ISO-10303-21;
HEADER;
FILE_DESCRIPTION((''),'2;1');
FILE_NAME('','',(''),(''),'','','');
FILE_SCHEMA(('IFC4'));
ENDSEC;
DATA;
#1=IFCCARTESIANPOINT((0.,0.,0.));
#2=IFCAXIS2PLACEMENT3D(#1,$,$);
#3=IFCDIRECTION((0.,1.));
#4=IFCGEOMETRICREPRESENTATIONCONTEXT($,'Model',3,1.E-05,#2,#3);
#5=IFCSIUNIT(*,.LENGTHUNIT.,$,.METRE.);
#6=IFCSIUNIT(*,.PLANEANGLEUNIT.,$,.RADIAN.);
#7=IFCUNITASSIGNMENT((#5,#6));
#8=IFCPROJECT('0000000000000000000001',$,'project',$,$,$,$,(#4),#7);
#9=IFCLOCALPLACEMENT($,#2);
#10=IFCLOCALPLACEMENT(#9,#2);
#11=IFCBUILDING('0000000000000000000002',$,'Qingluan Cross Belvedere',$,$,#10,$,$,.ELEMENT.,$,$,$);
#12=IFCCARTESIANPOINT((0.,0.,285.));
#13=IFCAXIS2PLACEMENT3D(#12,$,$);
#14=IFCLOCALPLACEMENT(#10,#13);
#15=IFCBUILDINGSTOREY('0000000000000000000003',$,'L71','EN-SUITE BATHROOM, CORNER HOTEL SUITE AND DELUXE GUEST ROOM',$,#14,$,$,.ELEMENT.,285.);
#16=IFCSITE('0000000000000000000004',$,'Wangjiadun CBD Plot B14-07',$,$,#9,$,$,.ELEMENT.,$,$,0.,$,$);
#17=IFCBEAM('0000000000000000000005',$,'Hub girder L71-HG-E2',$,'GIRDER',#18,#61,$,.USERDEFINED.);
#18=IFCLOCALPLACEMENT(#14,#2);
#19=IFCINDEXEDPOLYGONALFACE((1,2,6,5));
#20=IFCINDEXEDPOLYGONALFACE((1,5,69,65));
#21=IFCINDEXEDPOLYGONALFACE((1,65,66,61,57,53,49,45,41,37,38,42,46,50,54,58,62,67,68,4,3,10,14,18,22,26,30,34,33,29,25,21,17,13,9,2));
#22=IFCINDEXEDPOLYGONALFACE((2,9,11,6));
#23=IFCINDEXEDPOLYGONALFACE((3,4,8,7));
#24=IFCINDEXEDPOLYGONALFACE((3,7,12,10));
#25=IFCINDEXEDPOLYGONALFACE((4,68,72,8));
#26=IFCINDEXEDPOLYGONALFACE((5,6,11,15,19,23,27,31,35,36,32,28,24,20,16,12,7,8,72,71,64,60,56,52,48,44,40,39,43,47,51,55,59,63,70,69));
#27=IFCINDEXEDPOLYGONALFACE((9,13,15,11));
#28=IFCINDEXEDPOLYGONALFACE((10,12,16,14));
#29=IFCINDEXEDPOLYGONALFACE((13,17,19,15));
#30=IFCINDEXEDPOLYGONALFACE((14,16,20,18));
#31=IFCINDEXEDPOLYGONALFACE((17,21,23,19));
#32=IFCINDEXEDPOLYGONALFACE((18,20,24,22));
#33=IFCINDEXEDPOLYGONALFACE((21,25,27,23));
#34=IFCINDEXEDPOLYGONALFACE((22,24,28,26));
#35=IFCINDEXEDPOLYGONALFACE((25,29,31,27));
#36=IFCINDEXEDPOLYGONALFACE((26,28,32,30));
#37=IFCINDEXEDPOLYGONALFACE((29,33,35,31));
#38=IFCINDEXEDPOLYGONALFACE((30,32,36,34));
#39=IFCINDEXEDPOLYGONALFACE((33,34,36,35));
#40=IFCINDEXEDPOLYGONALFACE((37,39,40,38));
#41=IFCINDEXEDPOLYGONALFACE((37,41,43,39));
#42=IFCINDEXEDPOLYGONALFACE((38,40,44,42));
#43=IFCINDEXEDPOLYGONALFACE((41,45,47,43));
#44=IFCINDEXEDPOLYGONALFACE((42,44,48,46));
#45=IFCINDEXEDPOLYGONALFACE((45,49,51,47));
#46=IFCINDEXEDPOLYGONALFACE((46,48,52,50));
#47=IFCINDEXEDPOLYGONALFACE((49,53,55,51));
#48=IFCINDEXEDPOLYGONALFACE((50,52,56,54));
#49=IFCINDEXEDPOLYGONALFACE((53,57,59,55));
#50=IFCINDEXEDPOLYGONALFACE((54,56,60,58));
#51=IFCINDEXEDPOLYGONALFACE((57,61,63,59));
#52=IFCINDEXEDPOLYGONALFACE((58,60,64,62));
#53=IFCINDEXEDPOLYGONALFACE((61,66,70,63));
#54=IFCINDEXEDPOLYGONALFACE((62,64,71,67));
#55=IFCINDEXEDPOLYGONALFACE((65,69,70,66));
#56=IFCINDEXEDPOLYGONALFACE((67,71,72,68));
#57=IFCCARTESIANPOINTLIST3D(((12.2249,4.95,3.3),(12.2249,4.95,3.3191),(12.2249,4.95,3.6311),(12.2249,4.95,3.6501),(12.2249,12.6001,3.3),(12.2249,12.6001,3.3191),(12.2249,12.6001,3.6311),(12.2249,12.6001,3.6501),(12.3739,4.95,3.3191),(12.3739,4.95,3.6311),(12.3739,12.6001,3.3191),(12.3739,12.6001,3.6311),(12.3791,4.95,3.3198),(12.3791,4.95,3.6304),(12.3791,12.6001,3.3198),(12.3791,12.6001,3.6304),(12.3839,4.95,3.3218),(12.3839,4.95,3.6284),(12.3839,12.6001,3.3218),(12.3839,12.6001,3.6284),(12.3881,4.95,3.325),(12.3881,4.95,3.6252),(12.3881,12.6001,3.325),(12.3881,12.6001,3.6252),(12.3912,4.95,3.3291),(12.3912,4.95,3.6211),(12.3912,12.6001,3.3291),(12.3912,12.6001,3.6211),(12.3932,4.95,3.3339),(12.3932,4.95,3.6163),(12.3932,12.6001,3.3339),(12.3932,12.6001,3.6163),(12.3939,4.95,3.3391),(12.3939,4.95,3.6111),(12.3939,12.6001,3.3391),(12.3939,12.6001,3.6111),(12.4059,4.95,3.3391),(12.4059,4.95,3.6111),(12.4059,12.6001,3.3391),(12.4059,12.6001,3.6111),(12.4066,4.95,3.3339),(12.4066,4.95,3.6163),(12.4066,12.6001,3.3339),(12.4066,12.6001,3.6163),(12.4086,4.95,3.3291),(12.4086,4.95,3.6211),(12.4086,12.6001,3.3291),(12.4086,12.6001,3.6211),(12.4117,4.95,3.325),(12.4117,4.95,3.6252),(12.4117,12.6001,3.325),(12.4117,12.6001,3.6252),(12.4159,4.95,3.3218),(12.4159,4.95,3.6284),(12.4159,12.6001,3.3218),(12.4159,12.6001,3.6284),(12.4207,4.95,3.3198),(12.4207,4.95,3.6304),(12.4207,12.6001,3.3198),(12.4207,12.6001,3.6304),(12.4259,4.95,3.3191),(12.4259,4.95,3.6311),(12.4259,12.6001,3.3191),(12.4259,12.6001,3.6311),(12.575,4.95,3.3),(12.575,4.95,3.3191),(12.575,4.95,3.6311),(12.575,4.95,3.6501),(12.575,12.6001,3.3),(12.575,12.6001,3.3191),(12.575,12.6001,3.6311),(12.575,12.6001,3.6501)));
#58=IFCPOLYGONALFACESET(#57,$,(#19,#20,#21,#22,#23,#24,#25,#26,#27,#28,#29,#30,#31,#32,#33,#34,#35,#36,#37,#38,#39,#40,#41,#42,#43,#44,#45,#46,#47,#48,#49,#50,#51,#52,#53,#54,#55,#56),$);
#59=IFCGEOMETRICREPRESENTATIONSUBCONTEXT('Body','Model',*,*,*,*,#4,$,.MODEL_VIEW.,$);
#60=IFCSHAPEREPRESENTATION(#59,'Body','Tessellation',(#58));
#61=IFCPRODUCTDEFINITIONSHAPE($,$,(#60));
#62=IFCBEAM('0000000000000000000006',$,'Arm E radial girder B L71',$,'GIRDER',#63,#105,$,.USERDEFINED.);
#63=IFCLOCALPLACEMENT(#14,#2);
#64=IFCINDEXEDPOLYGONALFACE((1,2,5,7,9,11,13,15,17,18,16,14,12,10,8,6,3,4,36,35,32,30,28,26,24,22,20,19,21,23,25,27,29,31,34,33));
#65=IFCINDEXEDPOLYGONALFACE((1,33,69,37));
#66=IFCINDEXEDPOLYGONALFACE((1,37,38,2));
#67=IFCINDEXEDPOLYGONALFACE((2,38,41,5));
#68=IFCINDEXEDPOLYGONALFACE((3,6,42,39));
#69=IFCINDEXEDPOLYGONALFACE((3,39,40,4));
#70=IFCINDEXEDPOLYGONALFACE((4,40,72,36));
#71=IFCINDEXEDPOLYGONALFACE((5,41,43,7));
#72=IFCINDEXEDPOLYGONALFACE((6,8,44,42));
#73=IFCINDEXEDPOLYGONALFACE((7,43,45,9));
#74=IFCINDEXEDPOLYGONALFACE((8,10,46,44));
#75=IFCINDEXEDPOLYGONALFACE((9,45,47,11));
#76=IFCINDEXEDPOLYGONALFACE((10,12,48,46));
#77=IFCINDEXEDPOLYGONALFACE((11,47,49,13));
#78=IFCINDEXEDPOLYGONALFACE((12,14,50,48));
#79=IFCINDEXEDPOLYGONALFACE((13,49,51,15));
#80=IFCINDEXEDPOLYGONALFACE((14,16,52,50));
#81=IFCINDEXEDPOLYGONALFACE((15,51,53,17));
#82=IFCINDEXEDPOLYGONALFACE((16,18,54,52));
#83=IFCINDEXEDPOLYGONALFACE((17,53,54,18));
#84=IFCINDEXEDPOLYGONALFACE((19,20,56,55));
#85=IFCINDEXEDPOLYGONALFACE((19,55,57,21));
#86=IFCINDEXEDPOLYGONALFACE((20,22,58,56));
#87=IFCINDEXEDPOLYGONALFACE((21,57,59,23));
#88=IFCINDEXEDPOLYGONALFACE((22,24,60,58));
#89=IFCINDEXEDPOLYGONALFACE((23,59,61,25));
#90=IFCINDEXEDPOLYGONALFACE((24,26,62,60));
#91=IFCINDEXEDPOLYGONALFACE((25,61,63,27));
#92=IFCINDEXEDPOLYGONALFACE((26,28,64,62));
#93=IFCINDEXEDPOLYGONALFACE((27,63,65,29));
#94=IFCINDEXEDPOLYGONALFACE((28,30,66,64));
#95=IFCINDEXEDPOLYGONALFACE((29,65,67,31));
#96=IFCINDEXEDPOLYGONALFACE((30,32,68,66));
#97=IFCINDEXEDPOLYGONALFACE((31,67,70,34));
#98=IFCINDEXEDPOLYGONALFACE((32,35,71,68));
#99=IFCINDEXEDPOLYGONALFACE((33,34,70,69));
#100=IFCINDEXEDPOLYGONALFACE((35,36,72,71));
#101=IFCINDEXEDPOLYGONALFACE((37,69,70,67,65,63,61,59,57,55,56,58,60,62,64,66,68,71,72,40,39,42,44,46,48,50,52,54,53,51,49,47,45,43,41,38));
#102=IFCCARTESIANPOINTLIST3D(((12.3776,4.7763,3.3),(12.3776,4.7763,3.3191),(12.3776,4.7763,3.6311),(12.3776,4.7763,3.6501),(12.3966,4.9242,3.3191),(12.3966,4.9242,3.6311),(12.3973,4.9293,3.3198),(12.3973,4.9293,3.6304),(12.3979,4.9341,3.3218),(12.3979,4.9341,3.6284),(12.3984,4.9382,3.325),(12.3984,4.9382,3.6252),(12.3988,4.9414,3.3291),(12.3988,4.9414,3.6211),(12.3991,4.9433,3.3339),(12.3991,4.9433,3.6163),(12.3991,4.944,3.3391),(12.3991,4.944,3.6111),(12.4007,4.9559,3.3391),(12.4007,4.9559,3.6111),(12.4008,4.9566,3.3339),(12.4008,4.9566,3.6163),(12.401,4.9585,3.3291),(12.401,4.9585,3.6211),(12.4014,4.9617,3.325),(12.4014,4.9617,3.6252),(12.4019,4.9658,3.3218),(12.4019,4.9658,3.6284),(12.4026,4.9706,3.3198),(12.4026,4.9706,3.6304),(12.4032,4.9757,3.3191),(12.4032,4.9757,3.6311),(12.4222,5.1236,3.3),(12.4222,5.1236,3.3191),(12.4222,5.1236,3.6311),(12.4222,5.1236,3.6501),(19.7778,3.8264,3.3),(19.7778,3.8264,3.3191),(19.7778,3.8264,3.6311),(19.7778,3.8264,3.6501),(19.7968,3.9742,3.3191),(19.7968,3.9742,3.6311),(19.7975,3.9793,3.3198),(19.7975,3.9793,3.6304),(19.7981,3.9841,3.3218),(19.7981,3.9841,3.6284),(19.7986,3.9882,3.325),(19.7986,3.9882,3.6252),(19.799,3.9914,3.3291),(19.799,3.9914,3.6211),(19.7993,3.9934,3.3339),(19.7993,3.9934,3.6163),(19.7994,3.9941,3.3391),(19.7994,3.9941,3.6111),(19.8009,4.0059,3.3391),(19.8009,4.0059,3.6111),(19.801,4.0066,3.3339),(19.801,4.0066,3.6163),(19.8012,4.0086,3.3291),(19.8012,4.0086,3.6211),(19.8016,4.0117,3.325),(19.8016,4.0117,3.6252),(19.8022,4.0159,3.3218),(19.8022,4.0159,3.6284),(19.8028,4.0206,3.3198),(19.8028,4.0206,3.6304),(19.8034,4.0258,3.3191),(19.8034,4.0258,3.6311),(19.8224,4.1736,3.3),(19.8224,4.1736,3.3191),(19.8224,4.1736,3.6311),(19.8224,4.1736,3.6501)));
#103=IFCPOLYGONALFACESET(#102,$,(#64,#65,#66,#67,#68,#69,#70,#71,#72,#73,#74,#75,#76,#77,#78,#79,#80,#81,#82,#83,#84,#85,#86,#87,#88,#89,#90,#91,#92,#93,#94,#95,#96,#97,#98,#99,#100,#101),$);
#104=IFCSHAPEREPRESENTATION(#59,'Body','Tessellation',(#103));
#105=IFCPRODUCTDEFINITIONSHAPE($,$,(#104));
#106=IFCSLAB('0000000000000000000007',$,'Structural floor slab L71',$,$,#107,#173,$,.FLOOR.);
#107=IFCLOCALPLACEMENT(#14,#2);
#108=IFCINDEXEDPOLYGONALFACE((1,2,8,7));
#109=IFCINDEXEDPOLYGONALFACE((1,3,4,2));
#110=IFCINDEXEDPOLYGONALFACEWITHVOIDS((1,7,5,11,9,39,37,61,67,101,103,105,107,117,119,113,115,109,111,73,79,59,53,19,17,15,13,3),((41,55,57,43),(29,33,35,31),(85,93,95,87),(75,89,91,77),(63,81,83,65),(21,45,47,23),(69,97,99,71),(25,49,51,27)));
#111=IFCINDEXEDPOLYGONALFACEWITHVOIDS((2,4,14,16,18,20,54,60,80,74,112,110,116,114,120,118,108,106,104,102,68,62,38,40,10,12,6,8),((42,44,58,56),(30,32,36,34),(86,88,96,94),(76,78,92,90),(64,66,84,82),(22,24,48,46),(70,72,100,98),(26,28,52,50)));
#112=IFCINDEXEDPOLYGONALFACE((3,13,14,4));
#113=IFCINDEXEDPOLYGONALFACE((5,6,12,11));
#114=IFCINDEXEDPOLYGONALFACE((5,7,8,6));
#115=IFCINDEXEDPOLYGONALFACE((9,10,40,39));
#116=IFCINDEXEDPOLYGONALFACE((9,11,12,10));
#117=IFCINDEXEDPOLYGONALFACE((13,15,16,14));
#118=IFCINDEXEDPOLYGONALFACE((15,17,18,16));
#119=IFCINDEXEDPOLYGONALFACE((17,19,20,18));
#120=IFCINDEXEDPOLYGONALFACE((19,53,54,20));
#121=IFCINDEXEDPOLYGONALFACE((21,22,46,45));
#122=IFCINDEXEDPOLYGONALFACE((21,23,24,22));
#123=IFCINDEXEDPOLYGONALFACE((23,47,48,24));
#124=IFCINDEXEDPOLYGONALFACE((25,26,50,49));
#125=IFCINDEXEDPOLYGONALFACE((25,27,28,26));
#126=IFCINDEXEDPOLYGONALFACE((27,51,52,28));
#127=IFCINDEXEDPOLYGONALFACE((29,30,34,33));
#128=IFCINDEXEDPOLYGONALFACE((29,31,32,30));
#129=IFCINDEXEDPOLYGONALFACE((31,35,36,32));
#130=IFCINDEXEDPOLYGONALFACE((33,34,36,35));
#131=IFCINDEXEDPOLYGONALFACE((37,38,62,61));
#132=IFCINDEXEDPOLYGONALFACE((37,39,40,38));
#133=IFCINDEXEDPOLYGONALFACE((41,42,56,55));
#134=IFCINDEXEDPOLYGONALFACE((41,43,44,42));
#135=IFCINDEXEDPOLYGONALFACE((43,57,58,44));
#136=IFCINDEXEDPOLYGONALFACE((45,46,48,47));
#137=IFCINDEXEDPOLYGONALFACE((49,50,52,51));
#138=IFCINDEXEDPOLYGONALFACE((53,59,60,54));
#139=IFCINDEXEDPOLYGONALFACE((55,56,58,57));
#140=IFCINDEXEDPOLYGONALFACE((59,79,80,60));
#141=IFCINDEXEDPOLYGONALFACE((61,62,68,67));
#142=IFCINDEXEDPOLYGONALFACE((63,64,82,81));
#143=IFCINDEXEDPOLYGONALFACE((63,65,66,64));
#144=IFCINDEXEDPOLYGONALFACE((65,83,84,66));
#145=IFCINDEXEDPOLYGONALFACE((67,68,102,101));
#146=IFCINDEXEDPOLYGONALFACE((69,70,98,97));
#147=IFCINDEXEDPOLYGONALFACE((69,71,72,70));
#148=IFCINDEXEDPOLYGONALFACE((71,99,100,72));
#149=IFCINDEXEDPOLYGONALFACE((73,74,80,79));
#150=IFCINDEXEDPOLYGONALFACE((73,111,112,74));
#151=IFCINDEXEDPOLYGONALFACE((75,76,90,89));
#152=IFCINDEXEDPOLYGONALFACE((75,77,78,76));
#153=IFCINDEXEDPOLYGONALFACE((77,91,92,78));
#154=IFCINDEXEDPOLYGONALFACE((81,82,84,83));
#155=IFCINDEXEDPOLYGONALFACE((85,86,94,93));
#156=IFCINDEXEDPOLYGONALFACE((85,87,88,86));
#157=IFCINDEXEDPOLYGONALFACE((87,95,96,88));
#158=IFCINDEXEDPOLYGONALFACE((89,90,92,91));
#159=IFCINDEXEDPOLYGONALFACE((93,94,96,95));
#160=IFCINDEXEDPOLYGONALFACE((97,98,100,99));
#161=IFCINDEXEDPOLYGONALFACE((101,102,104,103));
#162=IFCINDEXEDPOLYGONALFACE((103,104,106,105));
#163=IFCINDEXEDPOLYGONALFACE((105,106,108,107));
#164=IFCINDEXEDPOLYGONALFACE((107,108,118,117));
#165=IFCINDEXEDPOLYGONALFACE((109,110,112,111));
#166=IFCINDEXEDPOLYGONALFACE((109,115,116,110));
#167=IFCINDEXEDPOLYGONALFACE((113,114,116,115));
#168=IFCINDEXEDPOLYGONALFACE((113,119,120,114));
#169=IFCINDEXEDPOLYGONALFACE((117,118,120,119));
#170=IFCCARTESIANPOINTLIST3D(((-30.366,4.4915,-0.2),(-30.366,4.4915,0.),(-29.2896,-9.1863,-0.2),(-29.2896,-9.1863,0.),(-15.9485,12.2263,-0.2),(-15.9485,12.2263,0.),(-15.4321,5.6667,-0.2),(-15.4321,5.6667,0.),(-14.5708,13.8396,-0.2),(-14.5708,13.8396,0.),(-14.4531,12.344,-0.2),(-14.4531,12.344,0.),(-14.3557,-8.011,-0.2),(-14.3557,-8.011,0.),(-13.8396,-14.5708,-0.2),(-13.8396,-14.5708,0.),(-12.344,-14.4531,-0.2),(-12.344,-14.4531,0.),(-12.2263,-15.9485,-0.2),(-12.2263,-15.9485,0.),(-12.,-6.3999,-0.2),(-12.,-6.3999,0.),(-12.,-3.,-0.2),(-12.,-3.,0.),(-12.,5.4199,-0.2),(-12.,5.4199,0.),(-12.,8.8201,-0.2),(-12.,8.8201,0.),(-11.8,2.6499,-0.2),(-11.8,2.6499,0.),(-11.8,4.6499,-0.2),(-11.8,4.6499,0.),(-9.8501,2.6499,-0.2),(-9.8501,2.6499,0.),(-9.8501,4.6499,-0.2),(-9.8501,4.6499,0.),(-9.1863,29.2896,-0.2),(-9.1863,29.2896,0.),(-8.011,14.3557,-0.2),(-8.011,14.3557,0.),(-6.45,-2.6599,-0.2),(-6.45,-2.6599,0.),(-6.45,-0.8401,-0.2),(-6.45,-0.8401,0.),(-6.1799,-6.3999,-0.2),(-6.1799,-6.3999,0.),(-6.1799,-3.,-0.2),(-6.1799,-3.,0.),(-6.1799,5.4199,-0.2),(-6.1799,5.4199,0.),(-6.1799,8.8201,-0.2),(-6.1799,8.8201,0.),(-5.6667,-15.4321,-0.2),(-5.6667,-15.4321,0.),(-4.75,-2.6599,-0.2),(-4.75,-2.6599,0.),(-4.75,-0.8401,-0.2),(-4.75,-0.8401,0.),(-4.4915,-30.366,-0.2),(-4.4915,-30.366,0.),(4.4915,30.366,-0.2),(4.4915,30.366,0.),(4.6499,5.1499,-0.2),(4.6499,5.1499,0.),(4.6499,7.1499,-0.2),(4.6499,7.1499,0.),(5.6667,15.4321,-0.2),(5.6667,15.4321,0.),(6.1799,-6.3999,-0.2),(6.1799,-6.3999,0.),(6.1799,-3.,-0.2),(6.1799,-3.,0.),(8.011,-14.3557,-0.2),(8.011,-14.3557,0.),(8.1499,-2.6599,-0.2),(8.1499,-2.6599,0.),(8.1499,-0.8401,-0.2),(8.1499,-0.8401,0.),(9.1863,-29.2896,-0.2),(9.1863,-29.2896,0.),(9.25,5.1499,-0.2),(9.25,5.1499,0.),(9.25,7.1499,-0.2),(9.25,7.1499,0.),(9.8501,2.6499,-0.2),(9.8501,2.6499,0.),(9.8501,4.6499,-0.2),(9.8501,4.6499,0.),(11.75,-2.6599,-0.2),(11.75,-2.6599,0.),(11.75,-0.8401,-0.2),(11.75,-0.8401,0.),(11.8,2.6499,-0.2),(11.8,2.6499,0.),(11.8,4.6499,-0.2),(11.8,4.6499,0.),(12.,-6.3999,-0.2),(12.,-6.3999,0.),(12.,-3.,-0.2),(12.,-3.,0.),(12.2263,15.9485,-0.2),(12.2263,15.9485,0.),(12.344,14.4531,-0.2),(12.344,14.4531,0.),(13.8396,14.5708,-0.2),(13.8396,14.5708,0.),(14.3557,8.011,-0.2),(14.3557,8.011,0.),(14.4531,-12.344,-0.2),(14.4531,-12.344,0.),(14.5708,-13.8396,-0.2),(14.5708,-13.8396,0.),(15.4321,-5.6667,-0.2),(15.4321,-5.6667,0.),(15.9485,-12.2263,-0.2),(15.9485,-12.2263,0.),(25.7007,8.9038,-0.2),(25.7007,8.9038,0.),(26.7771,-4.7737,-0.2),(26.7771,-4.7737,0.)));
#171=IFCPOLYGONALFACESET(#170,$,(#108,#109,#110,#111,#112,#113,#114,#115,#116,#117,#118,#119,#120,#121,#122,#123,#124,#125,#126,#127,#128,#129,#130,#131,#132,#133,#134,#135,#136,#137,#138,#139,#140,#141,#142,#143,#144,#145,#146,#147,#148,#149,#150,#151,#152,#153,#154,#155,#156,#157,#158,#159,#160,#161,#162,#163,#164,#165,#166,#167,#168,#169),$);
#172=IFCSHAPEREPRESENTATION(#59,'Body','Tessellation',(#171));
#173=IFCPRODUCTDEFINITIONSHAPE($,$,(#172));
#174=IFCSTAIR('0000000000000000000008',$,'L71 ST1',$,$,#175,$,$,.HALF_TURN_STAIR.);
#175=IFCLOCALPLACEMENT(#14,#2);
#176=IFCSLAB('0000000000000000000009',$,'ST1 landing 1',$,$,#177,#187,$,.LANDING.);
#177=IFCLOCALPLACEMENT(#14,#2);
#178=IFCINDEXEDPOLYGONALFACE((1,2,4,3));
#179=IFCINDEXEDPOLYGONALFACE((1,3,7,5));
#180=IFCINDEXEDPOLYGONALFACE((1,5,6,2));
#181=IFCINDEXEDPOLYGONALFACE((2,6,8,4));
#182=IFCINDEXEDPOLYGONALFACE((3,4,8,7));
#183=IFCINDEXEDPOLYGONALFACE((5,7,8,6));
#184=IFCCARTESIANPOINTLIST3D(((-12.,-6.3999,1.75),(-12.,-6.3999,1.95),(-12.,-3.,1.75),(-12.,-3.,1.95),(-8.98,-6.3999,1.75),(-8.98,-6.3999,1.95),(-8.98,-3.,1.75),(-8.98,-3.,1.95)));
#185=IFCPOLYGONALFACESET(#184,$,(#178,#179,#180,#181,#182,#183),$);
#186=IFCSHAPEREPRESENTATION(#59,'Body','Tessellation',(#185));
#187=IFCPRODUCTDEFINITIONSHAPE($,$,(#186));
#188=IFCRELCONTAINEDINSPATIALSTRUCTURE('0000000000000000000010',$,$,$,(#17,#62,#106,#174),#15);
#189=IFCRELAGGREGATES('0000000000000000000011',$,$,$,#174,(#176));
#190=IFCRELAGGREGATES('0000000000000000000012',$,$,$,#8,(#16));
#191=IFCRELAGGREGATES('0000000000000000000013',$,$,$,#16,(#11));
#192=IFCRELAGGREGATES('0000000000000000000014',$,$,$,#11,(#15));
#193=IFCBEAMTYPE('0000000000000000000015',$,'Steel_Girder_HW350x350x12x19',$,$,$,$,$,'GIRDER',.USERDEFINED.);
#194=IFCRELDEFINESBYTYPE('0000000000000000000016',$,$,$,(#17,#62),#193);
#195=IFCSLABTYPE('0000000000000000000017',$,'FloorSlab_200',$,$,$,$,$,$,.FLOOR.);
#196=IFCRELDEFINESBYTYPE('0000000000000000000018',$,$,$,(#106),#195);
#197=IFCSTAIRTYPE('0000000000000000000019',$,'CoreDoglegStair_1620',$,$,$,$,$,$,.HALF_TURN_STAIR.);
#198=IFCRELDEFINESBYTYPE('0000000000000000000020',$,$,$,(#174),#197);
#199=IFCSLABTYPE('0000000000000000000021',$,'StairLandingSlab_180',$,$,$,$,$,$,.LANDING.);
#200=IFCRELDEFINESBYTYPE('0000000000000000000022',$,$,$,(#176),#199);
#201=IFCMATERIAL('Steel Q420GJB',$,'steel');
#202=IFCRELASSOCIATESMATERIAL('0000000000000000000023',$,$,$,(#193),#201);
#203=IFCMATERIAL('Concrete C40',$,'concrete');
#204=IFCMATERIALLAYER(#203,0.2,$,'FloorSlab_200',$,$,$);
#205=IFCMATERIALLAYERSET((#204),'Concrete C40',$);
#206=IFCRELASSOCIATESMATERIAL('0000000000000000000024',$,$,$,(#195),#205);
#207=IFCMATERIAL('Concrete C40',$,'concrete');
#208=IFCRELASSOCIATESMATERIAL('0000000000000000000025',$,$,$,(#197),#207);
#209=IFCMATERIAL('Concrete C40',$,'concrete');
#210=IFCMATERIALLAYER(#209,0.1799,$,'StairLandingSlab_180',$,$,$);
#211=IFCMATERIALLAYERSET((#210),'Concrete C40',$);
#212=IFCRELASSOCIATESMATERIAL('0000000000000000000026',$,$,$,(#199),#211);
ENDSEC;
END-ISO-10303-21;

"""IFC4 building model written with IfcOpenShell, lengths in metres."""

from ifc_helpers import new_model, si_unit, direction, frame, origin, origin_2d, place, context, subcontext, project, spatial, polyline, i_section, outline, extrude, material, layer, layer_set, material_profile, profile_set, type_object, element, aggregate, save


model = new_model("IFC4")

# Units and contexts
model_context = context("Model", 3, precision=1e-05, world=origin(), true_north=direction((0.0, 1.0)))
body_context = subcontext(model_context, "Body", "Model", "MODEL_VIEW")
ifc_project = project(units=[si_unit("LENGTHUNIT", "METRE"), si_unit("PLANEANGLEUNIT", "RADIAN")], contexts=[model_context])

# Site, building, storey
site_placement = place(None, origin())
site = spatial("IfcSite", under=ifc_project, at=site_placement, Name="Wangjiadun CBD Plot B14-07", CompositionType="ELEMENT", RefElevation=0.0)
building_placement = place(site_placement, origin())
building = spatial("IfcBuilding", under=site, at=building_placement, Name="Qingluan Cross Belvedere", CompositionType="ELEMENT")
storey_placement = place(building_placement, frame((0.0, 0.0, 285.0)))
storey = spatial("IfcBuildingStorey", under=building, at=storey_placement, Name="L71", Description="EN-SUITE BATHROOM, CORNER HOTEL SUITE AND DELUXE GUEST ROOM", CompositionType="ELEMENT", Elevation=285.0)

# Beams
ifc_material_1 = material(Name="Steel Q420GJB", Category="steel")
ifc_material_profile = material_profile(ifc_material_1, i_section(OverallWidth=0.3501, OverallDepth=0.3501, WebThickness=0.012, FlangeThickness=0.019, FilletRadius=0.02, at=origin_2d()), Name="HW350x350x12x19")
ifc_profile_set = profile_set([ifc_material_profile], Name="Steel Q420GJB")
beam_type = type_object("IfcBeamType", Name="Steel_Girder_HW350x350x12x19", ElementType="GIRDER", PredefinedType="USERDEFINED", material=ifc_profile_set)
beam_1_placement = place(storey_placement, frame((12.3999, 4.95, 3.4751), z_axis=(0.0, 1.0, 0.0), x_axis=(-1.0, 0.0, 0.0)))
element("IfcBeam", 1, at=beam_1_placement, inside=storey, type_object=beam_type, Name="Hub girder L71-HG-E2", ObjectType="GIRDER", PredefinedType="USERDEFINED", context=body_context, shape_type="SweptSolid", body=[
    extrude(i_section(OverallWidth=0.3501, OverallDepth=0.3501, WebThickness=0.012, FlangeThickness=0.019, FilletRadius=0.02, at=origin_2d()), origin(), (0.0, 0.0, 1.0), 7.6501),
])
beam_2_placement = place(storey_placement, frame((12.3999, 4.95, 3.4751), z_axis=(0.991861, -0.127324, 0.0), x_axis=(0.127324, 0.991861, 0.0)))
element("IfcBeam", 2, at=beam_2_placement, inside=storey, type_object=beam_type, Name="Arm E radial girder B L71", ObjectType="GIRDER", PredefinedType="USERDEFINED", context=body_context, shape_type="SweptSolid", body=[
    extrude(i_section(OverallWidth=0.3501, OverallDepth=0.3501, WebThickness=0.012, FlangeThickness=0.019, FilletRadius=0.02, at=origin_2d()), origin(), (0.0, 0.0, 1.0), 7.4609),
])

# Slab
ifc_material_2 = material(Name="Concrete C40", Category="concrete")
ifc_layer_1 = layer(ifc_material_2, 0.2, Name="FloorSlab_200")
ifc_layer_set_1 = layer_set([ifc_layer_1], Name="Concrete C40")
slab_type_1 = type_object("IfcSlabType", Name="FloorSlab_200", PredefinedType="FLOOR", material=ifc_layer_set_1)
slab_1_placement = place(storey_placement, frame((0.0, 0.0, -0.2)))
element("IfcSlab", 3, at=slab_1_placement, inside=storey, type_object=slab_type_1, Name="Structural floor slab L71", PredefinedType="FLOOR", context=body_context, shape_type="SweptSolid", body=[
    extrude(outline(polyline([(9.1863, -29.2896), (8.011, -14.3557), (14.5708, -13.8396), (14.4531, -12.344), (15.9485, -12.2263), (15.4321, -5.6667), (26.7771, -4.7737), (25.7007, 8.9038), (14.3557, 8.011), (13.8396, 14.5708), (12.344, 14.4531), (12.2263, 15.9485), (5.6667, 15.4321), (4.4915, 30.366), (-9.1863, 29.2896), (-8.011, 14.3557), (-14.5708, 13.8396), (-14.4531, 12.344), (-15.9485, 12.2263), (-15.4321, 5.6667), (-30.366, 4.4915), (-29.2896, -9.1863), (-14.3557, -8.011), (-13.8396, -14.5708), (-12.344, -14.4531), (-12.2263, -15.9485), (-5.6667, -15.4321), (-4.4915, -30.366), (9.1863, -29.2896)]), holes=[polyline([(-12.0, -3.0), (-6.1799, -3.0), (-6.1799, -6.3999), (-12.0, -6.3999), (-12.0, -3.0)]), polyline([(6.1799, -3.0), (12.0, -3.0), (12.0, -6.3999), (6.1799, -6.3999), (6.1799, -3.0)]), polyline([(-12.0, 8.8201), (-6.1799, 8.8201), (-6.1799, 5.4199), (-12.0, 5.4199), (-12.0, 8.8201)]), polyline([(-11.8, 4.6499), (-9.8501, 4.6499), (-9.8501, 2.6499), (-11.8, 2.6499), (-11.8, 4.6499)]), polyline([(9.8501, 4.6499), (11.8, 4.6499), (11.8, 2.6499), (9.8501, 2.6499), (9.8501, 4.6499)]), polyline([(-6.45, -0.8401), (-4.75, -0.8401), (-4.75, -2.6599), (-6.45, -2.6599), (-6.45, -0.8401)]), polyline([(8.1499, -0.8401), (11.75, -0.8401), (11.75, -2.6599), (8.1499, -2.6599), (8.1499, -0.8401)]), polyline([(4.6499, 7.1499), (9.25, 7.1499), (9.25, 5.1499), (4.6499, 5.1499), (4.6499, 7.1499)])]), origin(), (0.0, 0.0, 1.0), 0.2),
])

# Stair, slab
ifc_material_3 = material(Name="Concrete C40", Category="concrete")
stair_type = type_object("IfcStairType", Name="CoreDoglegStair_1620", PredefinedType="HALF_TURN_STAIR", material=ifc_material_3)
stair_1_placement = place(storey_placement, origin())
stair_1 = element("IfcStair", 4, at=stair_1_placement, inside=storey, type_object=stair_type, Name="L71 ST1", PredefinedType="HALF_TURN_STAIR")
ifc_material_4 = material(Name="Concrete C40", Category="concrete")
ifc_layer_2 = layer(ifc_material_4, 0.1799, Name="StairLandingSlab_180")
ifc_layer_set_2 = layer_set([ifc_layer_2], Name="Concrete C40")
slab_type_2 = type_object("IfcSlabType", Name="StairLandingSlab_180", PredefinedType="LANDING", material=ifc_layer_set_2)
slab_2_placement = place(storey_placement, frame((0.0, 0.0, 1.75)))
slab_2 = element("IfcSlab", 5, at=slab_2_placement, type_object=slab_type_2, Name="ST1 landing 1", PredefinedType="LANDING", context=body_context, shape_type="SweptSolid", body=[
    extrude(outline(polyline([(-8.98, -3.0), (-12.0, -3.0), (-12.0, -6.3999), (-8.98, -6.3999), (-8.98, -3.0)])), origin(), (0.0, 0.0, 1.0), 0.2),
])
aggregate(stair_1, [slab_2])

save(model, "model.ifc")
